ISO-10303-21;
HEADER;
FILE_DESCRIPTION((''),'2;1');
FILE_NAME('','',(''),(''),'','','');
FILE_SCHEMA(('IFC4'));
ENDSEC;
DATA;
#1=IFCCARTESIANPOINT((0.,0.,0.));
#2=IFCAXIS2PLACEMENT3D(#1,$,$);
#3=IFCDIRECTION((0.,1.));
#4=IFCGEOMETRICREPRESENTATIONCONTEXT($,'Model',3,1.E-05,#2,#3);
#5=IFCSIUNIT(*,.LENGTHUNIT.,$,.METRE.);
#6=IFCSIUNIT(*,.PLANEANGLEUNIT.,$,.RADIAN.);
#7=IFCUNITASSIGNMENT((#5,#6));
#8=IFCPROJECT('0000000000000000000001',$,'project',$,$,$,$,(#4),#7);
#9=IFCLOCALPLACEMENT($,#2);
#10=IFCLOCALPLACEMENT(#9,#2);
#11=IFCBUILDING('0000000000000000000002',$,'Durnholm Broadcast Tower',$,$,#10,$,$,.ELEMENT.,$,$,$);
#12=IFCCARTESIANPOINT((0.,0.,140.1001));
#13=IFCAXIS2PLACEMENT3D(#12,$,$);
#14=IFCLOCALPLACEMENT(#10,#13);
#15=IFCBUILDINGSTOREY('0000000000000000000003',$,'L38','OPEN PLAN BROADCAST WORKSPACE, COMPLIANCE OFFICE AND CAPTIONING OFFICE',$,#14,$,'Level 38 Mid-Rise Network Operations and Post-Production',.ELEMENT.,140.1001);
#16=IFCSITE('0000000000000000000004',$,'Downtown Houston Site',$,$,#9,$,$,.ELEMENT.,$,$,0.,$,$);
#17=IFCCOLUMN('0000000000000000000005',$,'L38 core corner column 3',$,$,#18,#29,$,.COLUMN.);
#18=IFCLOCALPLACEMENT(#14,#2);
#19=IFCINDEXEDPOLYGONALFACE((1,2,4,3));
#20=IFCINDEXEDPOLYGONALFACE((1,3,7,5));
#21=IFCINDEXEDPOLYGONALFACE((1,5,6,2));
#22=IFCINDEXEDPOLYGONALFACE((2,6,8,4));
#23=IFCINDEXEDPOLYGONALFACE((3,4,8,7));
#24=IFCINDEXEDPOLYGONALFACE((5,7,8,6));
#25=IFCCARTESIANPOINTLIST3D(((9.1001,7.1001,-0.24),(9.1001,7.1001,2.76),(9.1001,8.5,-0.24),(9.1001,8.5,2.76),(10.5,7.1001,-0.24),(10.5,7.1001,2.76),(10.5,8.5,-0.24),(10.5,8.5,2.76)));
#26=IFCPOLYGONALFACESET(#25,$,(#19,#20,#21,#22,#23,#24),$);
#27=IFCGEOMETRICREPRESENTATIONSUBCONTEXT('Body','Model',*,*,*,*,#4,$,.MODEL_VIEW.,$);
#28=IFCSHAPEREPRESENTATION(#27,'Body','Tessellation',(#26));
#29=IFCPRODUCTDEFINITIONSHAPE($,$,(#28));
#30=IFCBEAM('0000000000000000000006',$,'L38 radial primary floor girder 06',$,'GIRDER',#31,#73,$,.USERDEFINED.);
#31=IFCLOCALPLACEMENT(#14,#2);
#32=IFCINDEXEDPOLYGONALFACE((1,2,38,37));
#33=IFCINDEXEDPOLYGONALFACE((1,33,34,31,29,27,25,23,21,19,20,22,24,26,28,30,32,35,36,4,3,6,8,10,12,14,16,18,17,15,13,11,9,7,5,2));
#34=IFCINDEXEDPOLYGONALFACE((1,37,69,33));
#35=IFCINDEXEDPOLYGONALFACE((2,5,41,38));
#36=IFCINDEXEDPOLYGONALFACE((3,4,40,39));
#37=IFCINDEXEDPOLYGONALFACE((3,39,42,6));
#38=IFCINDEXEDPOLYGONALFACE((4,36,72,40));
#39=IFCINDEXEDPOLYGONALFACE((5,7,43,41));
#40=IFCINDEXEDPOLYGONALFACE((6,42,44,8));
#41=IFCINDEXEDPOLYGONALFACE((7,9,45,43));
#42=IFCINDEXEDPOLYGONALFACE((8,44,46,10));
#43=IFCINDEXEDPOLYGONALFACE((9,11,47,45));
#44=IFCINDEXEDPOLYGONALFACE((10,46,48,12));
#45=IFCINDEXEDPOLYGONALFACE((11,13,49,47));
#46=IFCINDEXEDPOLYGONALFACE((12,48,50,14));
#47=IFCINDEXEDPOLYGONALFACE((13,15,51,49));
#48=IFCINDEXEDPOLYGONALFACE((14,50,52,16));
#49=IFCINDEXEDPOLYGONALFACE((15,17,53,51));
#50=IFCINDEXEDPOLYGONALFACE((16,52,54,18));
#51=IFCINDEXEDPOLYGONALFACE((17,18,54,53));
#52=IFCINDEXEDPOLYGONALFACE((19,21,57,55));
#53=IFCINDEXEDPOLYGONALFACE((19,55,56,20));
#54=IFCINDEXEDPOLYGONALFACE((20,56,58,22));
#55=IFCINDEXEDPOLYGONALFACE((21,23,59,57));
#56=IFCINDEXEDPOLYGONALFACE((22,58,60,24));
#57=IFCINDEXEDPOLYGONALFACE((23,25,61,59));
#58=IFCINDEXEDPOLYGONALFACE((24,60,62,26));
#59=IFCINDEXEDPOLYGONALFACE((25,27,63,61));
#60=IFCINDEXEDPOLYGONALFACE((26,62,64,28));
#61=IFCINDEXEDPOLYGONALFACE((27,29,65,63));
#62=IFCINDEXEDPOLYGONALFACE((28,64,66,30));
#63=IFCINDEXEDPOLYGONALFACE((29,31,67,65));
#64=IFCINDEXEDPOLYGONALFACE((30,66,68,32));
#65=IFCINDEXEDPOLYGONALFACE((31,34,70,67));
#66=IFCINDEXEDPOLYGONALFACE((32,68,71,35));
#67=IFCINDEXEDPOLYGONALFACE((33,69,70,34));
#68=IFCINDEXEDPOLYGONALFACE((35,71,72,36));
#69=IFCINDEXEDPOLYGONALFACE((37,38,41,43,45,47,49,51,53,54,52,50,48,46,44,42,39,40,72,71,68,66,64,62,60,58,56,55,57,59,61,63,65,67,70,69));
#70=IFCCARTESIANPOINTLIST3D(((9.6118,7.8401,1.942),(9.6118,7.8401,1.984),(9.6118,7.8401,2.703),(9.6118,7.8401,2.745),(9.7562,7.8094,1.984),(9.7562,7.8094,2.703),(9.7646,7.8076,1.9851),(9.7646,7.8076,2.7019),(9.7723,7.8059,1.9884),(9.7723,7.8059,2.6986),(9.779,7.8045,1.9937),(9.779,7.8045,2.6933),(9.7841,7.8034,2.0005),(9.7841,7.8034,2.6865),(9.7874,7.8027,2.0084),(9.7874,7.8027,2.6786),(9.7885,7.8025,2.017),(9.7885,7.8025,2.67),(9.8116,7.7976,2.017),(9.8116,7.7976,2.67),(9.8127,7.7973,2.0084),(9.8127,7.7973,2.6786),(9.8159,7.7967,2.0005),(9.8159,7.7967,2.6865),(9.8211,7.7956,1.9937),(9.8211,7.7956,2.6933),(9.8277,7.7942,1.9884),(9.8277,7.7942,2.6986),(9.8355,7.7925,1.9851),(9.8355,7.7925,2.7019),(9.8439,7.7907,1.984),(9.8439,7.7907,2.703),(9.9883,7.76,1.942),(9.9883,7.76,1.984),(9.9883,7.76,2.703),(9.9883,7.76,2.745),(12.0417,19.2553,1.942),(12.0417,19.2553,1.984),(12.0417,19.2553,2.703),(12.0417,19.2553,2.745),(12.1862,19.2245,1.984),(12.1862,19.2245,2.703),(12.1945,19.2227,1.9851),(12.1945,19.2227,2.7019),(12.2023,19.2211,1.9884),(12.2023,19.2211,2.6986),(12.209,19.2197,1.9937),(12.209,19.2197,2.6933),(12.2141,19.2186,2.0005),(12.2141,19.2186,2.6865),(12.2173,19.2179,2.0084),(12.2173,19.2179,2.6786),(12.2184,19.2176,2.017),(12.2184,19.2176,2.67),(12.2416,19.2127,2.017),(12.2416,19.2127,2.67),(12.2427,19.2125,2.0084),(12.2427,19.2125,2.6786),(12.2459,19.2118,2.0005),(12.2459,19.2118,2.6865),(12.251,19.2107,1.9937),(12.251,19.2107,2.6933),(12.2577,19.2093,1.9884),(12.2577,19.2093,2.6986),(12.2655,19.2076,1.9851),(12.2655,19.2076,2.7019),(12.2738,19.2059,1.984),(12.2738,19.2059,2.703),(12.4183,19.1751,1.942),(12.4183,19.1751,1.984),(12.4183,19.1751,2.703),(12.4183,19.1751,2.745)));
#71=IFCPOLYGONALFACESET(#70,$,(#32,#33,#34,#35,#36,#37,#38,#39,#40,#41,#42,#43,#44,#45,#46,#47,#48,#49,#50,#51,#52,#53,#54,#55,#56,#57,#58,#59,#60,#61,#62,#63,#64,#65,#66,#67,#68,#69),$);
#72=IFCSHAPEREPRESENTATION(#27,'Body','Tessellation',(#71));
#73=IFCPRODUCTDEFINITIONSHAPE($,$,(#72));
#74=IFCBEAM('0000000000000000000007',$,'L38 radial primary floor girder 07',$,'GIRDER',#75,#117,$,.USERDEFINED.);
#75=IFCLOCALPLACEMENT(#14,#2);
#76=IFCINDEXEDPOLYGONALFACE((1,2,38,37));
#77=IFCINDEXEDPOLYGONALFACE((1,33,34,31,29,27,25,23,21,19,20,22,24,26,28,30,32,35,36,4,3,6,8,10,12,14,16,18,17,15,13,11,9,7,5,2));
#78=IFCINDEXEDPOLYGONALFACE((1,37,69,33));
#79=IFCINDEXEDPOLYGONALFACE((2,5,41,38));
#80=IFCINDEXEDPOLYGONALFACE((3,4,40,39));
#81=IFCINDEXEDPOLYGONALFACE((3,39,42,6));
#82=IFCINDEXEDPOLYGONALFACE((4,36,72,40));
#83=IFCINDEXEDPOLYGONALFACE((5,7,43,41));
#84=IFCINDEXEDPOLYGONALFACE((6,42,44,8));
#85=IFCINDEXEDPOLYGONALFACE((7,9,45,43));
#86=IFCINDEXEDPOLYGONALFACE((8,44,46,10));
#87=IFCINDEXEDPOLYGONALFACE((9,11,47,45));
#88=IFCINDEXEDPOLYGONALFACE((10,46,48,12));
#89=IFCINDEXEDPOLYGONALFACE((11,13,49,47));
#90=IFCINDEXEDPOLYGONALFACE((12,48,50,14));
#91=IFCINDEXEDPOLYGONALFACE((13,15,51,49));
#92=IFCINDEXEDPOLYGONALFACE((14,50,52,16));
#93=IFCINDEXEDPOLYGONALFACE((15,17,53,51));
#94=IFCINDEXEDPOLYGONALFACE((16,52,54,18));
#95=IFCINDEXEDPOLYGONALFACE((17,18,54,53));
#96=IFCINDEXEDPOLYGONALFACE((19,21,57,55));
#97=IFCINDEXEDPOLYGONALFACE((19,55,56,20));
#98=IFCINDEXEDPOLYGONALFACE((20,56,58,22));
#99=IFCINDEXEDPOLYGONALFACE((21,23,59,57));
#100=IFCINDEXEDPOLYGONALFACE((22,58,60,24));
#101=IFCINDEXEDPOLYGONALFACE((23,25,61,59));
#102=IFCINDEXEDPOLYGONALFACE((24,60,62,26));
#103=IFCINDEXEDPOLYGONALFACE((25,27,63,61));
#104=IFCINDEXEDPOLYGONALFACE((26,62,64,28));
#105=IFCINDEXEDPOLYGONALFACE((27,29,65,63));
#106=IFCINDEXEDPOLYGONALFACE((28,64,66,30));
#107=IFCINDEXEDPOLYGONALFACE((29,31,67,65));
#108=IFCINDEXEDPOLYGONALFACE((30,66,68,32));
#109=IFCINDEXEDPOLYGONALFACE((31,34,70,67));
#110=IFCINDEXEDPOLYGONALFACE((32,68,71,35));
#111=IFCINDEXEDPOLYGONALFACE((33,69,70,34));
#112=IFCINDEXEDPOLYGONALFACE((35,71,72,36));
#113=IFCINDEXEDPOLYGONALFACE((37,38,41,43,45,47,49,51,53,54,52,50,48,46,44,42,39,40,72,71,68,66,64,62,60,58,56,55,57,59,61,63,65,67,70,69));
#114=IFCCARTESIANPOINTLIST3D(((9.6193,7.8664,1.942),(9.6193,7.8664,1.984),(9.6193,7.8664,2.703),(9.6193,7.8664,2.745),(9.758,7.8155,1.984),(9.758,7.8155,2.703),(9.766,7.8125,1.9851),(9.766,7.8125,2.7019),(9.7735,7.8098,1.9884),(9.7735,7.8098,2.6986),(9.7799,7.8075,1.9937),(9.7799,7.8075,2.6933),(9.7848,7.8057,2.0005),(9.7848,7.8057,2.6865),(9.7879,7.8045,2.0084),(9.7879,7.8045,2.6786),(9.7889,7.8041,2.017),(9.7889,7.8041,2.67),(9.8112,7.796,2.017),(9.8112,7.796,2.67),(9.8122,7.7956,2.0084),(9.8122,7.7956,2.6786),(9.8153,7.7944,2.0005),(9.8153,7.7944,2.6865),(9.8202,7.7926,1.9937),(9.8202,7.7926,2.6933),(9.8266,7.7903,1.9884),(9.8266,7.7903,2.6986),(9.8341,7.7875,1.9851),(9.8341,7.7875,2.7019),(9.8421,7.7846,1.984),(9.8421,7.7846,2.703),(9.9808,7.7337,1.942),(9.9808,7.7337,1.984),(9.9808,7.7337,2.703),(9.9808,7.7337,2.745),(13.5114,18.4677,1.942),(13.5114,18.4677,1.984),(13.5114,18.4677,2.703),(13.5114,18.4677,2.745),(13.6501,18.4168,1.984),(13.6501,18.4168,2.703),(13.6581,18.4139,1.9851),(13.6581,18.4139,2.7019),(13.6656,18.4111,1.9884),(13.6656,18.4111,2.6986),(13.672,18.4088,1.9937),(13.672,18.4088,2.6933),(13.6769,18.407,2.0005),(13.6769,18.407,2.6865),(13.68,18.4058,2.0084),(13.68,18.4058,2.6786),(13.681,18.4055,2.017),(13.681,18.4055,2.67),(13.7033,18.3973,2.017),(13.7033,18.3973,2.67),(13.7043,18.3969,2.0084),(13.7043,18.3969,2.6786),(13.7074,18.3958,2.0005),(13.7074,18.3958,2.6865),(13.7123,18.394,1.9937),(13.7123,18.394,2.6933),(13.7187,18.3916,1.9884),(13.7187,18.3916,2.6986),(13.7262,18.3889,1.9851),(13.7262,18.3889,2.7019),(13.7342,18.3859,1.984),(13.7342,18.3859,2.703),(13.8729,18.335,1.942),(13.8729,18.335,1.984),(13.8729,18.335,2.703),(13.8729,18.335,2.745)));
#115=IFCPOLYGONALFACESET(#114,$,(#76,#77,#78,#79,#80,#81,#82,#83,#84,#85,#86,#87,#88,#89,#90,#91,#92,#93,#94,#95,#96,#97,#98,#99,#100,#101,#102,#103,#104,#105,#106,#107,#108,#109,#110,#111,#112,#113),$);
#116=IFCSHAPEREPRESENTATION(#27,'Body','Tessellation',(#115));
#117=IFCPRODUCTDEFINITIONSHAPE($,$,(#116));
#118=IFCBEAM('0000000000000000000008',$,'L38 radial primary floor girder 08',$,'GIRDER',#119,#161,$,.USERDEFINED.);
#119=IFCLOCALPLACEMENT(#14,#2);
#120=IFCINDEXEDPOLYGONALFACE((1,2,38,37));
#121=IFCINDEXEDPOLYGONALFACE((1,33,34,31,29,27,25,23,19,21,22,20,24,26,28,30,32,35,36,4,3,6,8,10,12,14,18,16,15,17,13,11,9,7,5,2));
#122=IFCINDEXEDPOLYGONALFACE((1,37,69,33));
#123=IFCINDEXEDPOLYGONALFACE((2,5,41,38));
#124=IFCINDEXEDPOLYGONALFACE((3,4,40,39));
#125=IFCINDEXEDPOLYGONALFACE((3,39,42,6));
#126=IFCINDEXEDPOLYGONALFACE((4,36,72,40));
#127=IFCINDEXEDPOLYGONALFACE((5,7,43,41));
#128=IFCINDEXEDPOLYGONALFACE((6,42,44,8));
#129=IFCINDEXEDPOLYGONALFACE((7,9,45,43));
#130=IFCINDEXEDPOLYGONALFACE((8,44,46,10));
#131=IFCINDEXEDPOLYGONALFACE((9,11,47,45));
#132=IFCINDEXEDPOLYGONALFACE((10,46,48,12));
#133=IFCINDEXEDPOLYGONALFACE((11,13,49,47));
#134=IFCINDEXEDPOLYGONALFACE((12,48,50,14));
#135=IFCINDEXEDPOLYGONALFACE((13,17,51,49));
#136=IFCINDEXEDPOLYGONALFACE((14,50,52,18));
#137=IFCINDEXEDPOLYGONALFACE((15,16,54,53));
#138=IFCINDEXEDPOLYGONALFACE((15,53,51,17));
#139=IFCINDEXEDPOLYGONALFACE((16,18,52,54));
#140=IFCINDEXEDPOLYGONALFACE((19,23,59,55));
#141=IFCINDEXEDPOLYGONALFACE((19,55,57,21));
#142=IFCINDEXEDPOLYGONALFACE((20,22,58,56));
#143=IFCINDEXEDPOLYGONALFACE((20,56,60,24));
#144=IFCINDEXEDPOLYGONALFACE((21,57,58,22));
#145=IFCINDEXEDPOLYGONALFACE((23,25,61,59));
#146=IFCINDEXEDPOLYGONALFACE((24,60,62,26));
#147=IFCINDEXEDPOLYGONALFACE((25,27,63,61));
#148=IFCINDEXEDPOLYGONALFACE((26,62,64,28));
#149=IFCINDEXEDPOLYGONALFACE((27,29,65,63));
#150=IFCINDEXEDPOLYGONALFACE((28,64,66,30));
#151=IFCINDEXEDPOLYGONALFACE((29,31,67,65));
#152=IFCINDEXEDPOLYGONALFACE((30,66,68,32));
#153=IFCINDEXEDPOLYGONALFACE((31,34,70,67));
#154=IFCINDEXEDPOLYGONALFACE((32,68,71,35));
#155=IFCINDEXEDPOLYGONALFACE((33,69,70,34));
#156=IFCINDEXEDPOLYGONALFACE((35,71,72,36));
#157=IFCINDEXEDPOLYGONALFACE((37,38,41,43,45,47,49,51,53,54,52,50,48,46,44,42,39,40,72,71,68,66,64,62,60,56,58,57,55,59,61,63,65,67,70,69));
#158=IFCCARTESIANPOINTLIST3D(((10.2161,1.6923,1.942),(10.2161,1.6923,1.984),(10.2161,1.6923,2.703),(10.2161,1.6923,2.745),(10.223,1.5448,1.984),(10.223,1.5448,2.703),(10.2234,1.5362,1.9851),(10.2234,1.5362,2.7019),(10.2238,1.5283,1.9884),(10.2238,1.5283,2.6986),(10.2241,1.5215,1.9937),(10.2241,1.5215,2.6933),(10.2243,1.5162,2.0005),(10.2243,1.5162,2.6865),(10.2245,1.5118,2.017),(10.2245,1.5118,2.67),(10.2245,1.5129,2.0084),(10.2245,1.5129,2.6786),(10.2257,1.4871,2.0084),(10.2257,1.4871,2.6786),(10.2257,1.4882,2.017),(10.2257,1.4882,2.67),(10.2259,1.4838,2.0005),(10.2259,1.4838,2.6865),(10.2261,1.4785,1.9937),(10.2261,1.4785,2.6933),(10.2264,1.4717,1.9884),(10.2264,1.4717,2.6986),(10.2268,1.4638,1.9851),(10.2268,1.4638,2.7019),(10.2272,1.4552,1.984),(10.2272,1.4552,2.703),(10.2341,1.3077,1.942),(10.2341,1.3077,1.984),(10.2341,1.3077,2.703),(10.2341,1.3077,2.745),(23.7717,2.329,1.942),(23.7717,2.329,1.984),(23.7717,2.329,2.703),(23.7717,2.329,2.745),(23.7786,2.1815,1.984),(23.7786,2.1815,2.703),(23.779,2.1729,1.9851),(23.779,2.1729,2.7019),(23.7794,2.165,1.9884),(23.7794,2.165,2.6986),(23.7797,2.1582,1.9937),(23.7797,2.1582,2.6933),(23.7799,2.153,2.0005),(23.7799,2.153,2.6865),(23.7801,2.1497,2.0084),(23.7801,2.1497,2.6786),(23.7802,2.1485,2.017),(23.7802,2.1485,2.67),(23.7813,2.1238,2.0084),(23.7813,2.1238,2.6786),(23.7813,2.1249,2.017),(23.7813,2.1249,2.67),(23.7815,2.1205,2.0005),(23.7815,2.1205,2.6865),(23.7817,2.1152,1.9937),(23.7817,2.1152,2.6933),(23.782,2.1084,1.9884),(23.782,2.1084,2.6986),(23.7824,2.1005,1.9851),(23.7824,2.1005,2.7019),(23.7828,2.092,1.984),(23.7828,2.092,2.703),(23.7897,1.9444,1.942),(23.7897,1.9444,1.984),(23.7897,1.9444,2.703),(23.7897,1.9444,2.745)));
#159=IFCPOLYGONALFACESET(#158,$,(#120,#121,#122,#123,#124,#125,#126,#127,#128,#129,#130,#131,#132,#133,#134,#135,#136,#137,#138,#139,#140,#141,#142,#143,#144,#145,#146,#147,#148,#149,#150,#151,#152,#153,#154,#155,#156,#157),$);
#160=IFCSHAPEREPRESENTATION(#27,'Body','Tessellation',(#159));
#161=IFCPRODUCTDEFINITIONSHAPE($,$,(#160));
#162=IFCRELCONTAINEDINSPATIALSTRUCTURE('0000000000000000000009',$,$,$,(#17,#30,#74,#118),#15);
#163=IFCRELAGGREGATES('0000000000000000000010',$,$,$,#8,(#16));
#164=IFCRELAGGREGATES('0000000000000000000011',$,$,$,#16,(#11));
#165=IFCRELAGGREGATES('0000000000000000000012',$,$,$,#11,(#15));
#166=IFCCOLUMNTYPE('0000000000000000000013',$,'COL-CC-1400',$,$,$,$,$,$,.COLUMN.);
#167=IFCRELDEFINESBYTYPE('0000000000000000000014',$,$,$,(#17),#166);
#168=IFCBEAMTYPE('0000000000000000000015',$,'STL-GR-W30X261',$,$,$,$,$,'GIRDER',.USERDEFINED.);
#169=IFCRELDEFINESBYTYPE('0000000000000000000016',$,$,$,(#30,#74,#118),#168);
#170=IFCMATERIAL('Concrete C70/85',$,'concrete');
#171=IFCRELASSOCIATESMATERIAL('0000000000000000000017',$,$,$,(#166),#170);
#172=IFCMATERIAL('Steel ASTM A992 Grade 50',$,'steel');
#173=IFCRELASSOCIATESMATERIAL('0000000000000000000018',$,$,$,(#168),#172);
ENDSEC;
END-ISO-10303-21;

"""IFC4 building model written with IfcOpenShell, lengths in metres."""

from ifc_helpers import new_model, si_unit, direction, frame, origin, origin_2d, place, context, subcontext, project, spatial, rectangle, i_section, extrude, source, transform, mapped, material, material_profile, profile_set, type_object, type_shapes, element, save


model = new_model("IFC4")

# Units and contexts
model_context = context("Model", 3, precision=1e-05, world=origin(), true_north=direction((0.0, 1.0)))
body_context = subcontext(model_context, "Body", "Model", "MODEL_VIEW")
ifc_project = project(units=[si_unit("LENGTHUNIT", "METRE"), si_unit("PLANEANGLEUNIT", "RADIAN")], contexts=[model_context])

# Site, building, storey
site_placement = place(None, origin())
site = spatial("IfcSite", under=ifc_project, at=site_placement, Name="Downtown Houston Site", CompositionType="ELEMENT", RefElevation=0.0)
building_placement = place(site_placement, origin())
building = spatial("IfcBuilding", under=site, at=building_placement, Name="Durnholm Broadcast Tower", CompositionType="ELEMENT")
storey_placement = place(building_placement, frame((0.0, 0.0, 140.1001)))
storey = spatial("IfcBuildingStorey", under=building, at=storey_placement, Name="L38", Description="OPEN PLAN BROADCAST WORKSPACE, COMPLIANCE OFFICE AND CAPTIONING OFFICE", LongName="Level 38 Mid-Rise Network Operations and Post-Production", CompositionType="ELEMENT", Elevation=140.1001)

# Column
ifc_material_1 = material(Name="Concrete C70/85", Category="concrete")
ifc_material_profile_1 = material_profile(ifc_material_1, rectangle(XDim=1.3999, YDim=1.3999, at=origin_2d()), Name="RC1400X1400")
ifc_profile_set_1 = profile_set([ifc_material_profile_1], Name="Concrete C70/85")
column_type = type_object("IfcColumnType", Name="COL-CC-1400", PredefinedType="COLUMN", material=ifc_profile_set_1)
shared_shape_1 = source(origin(), body_context, "Body", "SweptSolid", [
    extrude(rectangle(XDim=1.3999, YDim=1.3999, at=origin_2d()), origin(), (0.0, 0.0, 1.0), 3.0),
])
type_shapes(column_type, [shared_shape_1])
column_placement = place(storey_placement, frame((9.8, 7.8, -0.24), z_axis=(0.0, 0.0, 1.0), x_axis=(1.0, 0.0, 0.0)))
element("IfcColumn", 1, at=column_placement, inside=storey, type_object=column_type, Name="L38 core corner column 3", PredefinedType="COLUMN", context=body_context, shape_type="MappedRepresentation", body=[
    mapped(shared_shape_1, transform((0.0, 0.0, 0.0), x_axis=(1.0, 0.0, 0.0), y_axis=(0.0, 1.0, 0.0), z_axis=(0.0, 0.0, 1.0), scale=1.0)),
])

# Beams
ifc_material_2 = material(Name="Steel ASTM A992 Grade 50", Category="steel")
ifc_material_profile_2 = material_profile(ifc_material_2, i_section(OverallWidth=0.385, OverallDepth=0.803, WebThickness=0.0237, FlangeThickness=0.042, FilletRadius=0.033, at=origin_2d()), Name="W30X261")
ifc_profile_set_2 = profile_set([ifc_material_profile_2], Name="Steel ASTM A992 Grade 50")
beam_type_1 = type_object("IfcBeamType", Name="STL-GR-W30X261", ElementType="GIRDER", PredefinedType="USERDEFINED", material=ifc_profile_set_2)
shared_shape_2 = source(origin(), body_context, "Body", "SweptSolid", [
    extrude(i_section(OverallWidth=0.385, OverallDepth=0.803, WebThickness=0.0237, FlangeThickness=0.042, FilletRadius=0.033, at=origin_2d()), origin(), (0.0, 0.0, 1.0), 11.6709),
])
beam_1_placement = place(storey_placement, frame((9.8, 7.8, 2.3435), z_axis=(0.208206, 0.978085, 0.0), x_axis=(-0.978085, 0.208206, 0.0)))
element("IfcBeam", 2, at=beam_1_placement, inside=storey, type_object=beam_type_1, Name="L38 radial primary floor girder 06", ObjectType="GIRDER", PredefinedType="USERDEFINED", context=body_context, shape_type="MappedRepresentation", body=[
    mapped(shared_shape_2, transform((0.0, 0.0, 0.0), x_axis=(1.0, 0.0, 0.0), y_axis=(0.0, 1.0, 0.0), z_axis=(0.0, 0.0, 1.0), scale=1.0)),
])
shared_shape_3 = source(origin(), body_context, "Body", "SweptSolid", [
    extrude(i_section(OverallWidth=0.385, OverallDepth=0.803, WebThickness=0.0237, FlangeThickness=0.042, FilletRadius=0.033, at=origin_2d()), origin(), (0.0, 0.0, 1.0), 11.2932),
])
beam_2_placement = place(storey_placement, frame((9.8, 7.8, 2.3435), z_axis=(0.34464, 0.938735, 0.0), x_axis=(-0.938735, 0.34464, 0.0)))
element("IfcBeam", 3, at=beam_2_placement, inside=storey, type_object=beam_type_1, Name="L38 radial primary floor girder 07", ObjectType="GIRDER", PredefinedType="USERDEFINED", context=body_context, shape_type="MappedRepresentation", body=[
    mapped(shared_shape_3, transform((0.0, 0.0, 0.0), x_axis=(1.0, 0.0, 0.0), y_axis=(0.0, 1.0, 0.0), z_axis=(0.0, 0.0, 1.0), scale=1.0)),
])
shared_shape_4 = source(origin(), body_context, "Body", "SweptSolid", [
    extrude(i_section(OverallWidth=0.385, OverallDepth=0.803, WebThickness=0.0237, FlangeThickness=0.042, FilletRadius=0.033, at=origin_2d()), origin(), (0.0, 0.0, 1.0), 13.5706),
])
beam_3_placement = place(storey_placement, frame((10.2251, 1.5, 2.3435), z_axis=(0.998899, 0.046919, 0.0), x_axis=(-0.046919, 0.998899, 0.0)))
element("IfcBeam", 4, at=beam_3_placement, inside=storey, type_object=beam_type_1, Name="L38 radial primary floor girder 08", ObjectType="GIRDER", PredefinedType="USERDEFINED", context=body_context, shape_type="MappedRepresentation", body=[
    mapped(shared_shape_4, transform((0.0, 0.0, 0.0), x_axis=(1.0, 0.0, 0.0), y_axis=(0.0, 1.0, 0.0), z_axis=(0.0, 0.0, 1.0), scale=1.0)),
])

save(model, "model.ifc")
